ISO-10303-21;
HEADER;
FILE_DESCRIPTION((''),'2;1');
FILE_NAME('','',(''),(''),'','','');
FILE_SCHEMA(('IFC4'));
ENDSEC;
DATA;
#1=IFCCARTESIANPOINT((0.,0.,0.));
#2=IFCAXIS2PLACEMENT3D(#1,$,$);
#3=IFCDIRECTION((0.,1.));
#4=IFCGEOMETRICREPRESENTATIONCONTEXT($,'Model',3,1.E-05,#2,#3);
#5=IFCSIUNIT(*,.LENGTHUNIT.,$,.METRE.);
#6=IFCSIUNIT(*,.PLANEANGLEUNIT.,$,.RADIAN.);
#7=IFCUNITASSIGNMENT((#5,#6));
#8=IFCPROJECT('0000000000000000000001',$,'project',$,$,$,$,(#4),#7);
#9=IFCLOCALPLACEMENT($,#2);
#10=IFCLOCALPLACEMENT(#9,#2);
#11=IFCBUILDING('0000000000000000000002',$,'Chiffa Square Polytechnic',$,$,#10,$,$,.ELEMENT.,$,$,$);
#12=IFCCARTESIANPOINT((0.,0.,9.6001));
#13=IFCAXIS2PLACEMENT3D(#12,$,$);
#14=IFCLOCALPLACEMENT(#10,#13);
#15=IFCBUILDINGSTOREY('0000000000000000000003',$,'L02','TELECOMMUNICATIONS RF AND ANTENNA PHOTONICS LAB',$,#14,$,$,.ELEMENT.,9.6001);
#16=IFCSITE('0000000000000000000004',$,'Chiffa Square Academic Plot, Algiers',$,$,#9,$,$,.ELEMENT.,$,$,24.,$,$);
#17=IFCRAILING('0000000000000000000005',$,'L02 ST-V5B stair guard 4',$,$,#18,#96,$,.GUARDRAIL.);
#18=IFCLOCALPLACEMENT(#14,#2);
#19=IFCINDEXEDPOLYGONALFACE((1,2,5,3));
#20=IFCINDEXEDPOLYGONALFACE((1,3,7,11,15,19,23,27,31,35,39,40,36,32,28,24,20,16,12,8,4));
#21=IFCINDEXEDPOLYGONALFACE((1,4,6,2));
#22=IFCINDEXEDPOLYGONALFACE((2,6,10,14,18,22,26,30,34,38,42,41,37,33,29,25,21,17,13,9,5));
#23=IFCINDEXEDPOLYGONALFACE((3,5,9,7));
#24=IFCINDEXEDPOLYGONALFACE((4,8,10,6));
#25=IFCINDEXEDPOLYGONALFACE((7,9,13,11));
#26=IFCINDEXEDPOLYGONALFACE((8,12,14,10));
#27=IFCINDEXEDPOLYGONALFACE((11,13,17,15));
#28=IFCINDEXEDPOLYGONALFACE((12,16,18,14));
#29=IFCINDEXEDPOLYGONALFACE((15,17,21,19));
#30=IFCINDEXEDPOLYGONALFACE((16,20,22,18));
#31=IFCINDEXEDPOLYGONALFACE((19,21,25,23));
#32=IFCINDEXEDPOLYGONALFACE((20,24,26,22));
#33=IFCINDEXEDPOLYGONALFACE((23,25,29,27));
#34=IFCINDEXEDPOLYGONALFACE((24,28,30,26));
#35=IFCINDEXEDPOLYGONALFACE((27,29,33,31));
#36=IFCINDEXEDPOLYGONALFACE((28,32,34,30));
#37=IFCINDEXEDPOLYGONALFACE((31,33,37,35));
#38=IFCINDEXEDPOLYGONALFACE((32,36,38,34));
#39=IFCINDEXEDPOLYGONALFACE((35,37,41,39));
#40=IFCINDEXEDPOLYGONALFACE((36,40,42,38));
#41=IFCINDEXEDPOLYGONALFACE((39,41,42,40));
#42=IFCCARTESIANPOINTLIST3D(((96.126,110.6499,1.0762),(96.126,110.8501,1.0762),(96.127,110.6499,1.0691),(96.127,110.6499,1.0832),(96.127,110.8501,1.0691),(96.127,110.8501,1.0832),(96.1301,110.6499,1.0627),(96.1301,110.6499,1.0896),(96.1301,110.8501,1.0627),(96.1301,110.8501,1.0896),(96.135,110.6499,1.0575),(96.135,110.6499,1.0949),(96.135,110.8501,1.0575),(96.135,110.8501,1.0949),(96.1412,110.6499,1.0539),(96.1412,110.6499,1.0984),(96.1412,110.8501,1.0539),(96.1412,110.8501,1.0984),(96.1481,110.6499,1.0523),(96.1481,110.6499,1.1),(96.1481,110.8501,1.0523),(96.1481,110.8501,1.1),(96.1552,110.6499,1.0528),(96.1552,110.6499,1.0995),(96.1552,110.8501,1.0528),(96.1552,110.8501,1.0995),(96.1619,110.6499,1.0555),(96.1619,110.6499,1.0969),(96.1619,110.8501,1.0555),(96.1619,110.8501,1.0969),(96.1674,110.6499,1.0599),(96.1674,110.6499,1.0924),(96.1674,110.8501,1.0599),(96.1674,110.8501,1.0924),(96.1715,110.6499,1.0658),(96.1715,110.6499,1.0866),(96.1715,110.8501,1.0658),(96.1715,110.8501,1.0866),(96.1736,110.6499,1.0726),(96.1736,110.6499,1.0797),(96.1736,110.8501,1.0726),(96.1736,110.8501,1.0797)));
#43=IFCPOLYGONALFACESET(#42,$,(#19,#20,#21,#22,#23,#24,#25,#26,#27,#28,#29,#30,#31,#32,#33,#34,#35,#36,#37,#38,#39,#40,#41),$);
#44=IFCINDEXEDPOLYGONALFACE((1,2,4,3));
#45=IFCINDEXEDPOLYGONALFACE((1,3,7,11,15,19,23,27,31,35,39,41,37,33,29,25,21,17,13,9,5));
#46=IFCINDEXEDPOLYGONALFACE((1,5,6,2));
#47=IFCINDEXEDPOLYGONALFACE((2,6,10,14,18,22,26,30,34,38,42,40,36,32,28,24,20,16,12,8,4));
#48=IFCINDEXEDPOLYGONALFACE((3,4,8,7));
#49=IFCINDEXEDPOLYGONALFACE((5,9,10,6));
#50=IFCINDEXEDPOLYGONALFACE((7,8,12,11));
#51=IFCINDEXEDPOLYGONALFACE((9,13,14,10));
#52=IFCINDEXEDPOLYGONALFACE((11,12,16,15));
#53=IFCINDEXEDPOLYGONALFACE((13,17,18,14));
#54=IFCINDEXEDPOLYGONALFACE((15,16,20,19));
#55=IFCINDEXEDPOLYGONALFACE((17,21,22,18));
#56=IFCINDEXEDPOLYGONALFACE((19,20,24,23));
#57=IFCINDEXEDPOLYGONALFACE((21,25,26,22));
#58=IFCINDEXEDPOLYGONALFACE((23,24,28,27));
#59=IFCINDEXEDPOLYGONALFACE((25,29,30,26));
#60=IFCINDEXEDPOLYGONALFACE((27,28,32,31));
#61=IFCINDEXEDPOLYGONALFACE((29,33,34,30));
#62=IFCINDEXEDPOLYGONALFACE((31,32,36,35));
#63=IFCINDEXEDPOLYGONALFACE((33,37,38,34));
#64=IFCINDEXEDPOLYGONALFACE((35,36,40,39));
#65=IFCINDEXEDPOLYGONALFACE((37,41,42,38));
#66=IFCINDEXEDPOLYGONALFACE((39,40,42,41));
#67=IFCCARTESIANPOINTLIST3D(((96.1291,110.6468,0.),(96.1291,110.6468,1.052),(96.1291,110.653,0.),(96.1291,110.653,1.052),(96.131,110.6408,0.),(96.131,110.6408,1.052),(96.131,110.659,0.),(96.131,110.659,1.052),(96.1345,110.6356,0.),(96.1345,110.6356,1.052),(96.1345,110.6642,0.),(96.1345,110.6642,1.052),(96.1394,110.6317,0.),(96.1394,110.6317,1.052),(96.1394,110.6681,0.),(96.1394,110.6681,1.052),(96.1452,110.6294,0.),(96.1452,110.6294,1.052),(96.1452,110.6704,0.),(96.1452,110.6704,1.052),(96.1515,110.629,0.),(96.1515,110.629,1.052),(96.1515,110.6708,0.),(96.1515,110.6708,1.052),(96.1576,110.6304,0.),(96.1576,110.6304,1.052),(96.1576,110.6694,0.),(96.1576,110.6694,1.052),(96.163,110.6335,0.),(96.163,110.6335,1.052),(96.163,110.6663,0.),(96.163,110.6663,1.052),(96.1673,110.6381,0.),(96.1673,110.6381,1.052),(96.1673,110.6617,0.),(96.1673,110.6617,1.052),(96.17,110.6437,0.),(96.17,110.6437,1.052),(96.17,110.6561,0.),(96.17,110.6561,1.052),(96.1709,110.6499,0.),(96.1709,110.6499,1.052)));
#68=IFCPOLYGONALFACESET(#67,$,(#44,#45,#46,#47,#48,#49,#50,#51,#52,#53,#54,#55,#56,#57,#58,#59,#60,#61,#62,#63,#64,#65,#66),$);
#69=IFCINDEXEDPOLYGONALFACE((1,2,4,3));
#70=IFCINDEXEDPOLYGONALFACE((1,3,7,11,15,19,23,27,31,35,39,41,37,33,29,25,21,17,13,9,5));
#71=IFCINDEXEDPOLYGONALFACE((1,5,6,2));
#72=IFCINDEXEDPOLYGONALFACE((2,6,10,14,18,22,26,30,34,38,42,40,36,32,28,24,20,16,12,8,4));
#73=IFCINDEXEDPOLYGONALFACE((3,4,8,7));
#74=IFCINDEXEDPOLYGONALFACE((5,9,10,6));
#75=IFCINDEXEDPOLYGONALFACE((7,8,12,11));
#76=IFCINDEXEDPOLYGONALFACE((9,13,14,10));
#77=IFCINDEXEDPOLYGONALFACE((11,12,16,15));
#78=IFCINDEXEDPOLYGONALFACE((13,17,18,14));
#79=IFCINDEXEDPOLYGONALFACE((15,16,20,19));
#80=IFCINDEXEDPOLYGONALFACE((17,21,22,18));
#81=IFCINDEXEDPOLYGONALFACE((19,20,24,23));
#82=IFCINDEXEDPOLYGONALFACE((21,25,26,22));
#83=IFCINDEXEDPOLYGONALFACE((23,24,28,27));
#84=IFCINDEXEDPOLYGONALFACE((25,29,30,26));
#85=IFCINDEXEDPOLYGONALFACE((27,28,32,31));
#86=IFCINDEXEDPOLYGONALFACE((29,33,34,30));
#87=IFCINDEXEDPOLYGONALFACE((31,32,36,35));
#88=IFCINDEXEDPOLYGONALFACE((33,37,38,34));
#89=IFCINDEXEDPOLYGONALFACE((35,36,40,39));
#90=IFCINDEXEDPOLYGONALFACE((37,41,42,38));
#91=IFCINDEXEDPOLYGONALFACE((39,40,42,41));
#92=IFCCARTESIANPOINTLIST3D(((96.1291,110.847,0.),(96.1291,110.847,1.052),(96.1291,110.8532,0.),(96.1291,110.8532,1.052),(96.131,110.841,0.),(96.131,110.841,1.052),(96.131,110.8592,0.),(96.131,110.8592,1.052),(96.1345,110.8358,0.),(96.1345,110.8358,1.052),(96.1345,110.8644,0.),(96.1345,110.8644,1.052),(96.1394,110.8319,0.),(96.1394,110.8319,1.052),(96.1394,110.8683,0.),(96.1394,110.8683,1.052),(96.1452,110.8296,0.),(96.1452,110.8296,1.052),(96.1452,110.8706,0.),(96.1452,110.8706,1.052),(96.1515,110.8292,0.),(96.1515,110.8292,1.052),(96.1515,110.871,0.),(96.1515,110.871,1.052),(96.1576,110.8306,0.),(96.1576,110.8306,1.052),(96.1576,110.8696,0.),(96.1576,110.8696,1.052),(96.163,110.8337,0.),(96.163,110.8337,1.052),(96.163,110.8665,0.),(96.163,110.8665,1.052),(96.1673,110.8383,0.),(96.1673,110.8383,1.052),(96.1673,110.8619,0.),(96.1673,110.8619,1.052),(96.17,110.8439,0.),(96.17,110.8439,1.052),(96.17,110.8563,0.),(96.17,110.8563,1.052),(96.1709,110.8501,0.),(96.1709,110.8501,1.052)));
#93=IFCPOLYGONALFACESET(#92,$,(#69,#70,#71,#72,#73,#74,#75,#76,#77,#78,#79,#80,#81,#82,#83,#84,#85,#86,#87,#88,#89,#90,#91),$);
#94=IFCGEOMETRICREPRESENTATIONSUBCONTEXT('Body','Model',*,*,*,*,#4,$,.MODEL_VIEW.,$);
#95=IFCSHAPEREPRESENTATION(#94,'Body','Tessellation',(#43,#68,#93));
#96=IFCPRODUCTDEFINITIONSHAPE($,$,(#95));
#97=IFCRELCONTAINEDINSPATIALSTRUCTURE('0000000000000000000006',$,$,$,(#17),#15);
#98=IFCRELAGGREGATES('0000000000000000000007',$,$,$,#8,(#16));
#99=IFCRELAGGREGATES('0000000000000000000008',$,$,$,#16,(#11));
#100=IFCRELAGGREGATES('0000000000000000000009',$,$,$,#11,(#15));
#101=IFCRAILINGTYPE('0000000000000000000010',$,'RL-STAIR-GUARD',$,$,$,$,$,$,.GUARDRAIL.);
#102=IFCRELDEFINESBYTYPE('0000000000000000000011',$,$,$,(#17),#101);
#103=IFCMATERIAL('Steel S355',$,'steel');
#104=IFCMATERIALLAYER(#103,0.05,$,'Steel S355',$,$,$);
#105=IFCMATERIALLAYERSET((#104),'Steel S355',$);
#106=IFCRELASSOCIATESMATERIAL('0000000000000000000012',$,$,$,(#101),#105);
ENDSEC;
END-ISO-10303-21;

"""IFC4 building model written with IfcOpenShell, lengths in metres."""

from ifc_helpers import new_model, si_unit, direction, frame, origin, origin_2d, place, context, subcontext, project, spatial, circle, extrude, material, layer, layer_set, type_object, element, save


model = new_model("IFC4")

# Units and contexts
model_context = context("Model", 3, precision=1e-05, world=origin(), true_north=direction((0.0, 1.0)))
body_context = subcontext(model_context, "Body", "Model", "MODEL_VIEW")
ifc_project = project(units=[si_unit("LENGTHUNIT", "METRE"), si_unit("PLANEANGLEUNIT", "RADIAN")], contexts=[model_context])

# Site, building, storey
site_placement = place(None, origin())
site = spatial("IfcSite", under=ifc_project, at=site_placement, Name="Chiffa Square Academic Plot, Algiers", CompositionType="ELEMENT", RefElevation=24.0)
building_placement = place(site_placement, origin())
building = spatial("IfcBuilding", under=site, at=building_placement, Name="Chiffa Square Polytechnic", CompositionType="ELEMENT")
storey_placement = place(building_placement, frame((0.0, 0.0, 9.6001)))
storey = spatial("IfcBuildingStorey", under=building, at=storey_placement, Name="L02", Description="TELECOMMUNICATIONS RF AND ANTENNA PHOTONICS LAB", CompositionType="ELEMENT", Elevation=9.6001)

# Railing
ifc_material_1 = material(Name="Steel S355", Category="steel")
ifc_layer_1 = layer(ifc_material_1, 0.05, Name="Steel S355")
ifc_layer_set_1 = layer_set([ifc_layer_1], Name="Steel S355")
railing_type_1 = type_object("IfcRailingType", Name="RL-STAIR-GUARD", PredefinedType="GUARDRAIL", material=ifc_layer_set_1)
railing_1_placement = place(storey_placement, frame((96.1499, 110.6499, 0.0)))
element("IfcRailing", 1, at=railing_1_placement, inside=storey, type_object=railing_type_1, Name="L02 ST-V5B stair guard 4", PredefinedType="GUARDRAIL", context=body_context, shape_type="SweptSolid", body=[
    extrude(circle(Radius=0.0239, at=origin_2d()), frame((0.0, 0.0, 1.0762), z_axis=(0.0, 1.0, 0.0), x_axis=(-1.0, 0.0, 0.0)), (0.0, 0.0, 1.0), 0.2002),
    extrude(circle(Radius=0.021, at=origin_2d()), origin(), (0.0, 0.0, 1.0), 1.052),
    extrude(circle(Radius=0.021, at=origin_2d()), frame((0.0, 0.2002, 0.0)), (0.0, 0.0, 1.0), 1.052),
])

save(model, "model.ifc")
